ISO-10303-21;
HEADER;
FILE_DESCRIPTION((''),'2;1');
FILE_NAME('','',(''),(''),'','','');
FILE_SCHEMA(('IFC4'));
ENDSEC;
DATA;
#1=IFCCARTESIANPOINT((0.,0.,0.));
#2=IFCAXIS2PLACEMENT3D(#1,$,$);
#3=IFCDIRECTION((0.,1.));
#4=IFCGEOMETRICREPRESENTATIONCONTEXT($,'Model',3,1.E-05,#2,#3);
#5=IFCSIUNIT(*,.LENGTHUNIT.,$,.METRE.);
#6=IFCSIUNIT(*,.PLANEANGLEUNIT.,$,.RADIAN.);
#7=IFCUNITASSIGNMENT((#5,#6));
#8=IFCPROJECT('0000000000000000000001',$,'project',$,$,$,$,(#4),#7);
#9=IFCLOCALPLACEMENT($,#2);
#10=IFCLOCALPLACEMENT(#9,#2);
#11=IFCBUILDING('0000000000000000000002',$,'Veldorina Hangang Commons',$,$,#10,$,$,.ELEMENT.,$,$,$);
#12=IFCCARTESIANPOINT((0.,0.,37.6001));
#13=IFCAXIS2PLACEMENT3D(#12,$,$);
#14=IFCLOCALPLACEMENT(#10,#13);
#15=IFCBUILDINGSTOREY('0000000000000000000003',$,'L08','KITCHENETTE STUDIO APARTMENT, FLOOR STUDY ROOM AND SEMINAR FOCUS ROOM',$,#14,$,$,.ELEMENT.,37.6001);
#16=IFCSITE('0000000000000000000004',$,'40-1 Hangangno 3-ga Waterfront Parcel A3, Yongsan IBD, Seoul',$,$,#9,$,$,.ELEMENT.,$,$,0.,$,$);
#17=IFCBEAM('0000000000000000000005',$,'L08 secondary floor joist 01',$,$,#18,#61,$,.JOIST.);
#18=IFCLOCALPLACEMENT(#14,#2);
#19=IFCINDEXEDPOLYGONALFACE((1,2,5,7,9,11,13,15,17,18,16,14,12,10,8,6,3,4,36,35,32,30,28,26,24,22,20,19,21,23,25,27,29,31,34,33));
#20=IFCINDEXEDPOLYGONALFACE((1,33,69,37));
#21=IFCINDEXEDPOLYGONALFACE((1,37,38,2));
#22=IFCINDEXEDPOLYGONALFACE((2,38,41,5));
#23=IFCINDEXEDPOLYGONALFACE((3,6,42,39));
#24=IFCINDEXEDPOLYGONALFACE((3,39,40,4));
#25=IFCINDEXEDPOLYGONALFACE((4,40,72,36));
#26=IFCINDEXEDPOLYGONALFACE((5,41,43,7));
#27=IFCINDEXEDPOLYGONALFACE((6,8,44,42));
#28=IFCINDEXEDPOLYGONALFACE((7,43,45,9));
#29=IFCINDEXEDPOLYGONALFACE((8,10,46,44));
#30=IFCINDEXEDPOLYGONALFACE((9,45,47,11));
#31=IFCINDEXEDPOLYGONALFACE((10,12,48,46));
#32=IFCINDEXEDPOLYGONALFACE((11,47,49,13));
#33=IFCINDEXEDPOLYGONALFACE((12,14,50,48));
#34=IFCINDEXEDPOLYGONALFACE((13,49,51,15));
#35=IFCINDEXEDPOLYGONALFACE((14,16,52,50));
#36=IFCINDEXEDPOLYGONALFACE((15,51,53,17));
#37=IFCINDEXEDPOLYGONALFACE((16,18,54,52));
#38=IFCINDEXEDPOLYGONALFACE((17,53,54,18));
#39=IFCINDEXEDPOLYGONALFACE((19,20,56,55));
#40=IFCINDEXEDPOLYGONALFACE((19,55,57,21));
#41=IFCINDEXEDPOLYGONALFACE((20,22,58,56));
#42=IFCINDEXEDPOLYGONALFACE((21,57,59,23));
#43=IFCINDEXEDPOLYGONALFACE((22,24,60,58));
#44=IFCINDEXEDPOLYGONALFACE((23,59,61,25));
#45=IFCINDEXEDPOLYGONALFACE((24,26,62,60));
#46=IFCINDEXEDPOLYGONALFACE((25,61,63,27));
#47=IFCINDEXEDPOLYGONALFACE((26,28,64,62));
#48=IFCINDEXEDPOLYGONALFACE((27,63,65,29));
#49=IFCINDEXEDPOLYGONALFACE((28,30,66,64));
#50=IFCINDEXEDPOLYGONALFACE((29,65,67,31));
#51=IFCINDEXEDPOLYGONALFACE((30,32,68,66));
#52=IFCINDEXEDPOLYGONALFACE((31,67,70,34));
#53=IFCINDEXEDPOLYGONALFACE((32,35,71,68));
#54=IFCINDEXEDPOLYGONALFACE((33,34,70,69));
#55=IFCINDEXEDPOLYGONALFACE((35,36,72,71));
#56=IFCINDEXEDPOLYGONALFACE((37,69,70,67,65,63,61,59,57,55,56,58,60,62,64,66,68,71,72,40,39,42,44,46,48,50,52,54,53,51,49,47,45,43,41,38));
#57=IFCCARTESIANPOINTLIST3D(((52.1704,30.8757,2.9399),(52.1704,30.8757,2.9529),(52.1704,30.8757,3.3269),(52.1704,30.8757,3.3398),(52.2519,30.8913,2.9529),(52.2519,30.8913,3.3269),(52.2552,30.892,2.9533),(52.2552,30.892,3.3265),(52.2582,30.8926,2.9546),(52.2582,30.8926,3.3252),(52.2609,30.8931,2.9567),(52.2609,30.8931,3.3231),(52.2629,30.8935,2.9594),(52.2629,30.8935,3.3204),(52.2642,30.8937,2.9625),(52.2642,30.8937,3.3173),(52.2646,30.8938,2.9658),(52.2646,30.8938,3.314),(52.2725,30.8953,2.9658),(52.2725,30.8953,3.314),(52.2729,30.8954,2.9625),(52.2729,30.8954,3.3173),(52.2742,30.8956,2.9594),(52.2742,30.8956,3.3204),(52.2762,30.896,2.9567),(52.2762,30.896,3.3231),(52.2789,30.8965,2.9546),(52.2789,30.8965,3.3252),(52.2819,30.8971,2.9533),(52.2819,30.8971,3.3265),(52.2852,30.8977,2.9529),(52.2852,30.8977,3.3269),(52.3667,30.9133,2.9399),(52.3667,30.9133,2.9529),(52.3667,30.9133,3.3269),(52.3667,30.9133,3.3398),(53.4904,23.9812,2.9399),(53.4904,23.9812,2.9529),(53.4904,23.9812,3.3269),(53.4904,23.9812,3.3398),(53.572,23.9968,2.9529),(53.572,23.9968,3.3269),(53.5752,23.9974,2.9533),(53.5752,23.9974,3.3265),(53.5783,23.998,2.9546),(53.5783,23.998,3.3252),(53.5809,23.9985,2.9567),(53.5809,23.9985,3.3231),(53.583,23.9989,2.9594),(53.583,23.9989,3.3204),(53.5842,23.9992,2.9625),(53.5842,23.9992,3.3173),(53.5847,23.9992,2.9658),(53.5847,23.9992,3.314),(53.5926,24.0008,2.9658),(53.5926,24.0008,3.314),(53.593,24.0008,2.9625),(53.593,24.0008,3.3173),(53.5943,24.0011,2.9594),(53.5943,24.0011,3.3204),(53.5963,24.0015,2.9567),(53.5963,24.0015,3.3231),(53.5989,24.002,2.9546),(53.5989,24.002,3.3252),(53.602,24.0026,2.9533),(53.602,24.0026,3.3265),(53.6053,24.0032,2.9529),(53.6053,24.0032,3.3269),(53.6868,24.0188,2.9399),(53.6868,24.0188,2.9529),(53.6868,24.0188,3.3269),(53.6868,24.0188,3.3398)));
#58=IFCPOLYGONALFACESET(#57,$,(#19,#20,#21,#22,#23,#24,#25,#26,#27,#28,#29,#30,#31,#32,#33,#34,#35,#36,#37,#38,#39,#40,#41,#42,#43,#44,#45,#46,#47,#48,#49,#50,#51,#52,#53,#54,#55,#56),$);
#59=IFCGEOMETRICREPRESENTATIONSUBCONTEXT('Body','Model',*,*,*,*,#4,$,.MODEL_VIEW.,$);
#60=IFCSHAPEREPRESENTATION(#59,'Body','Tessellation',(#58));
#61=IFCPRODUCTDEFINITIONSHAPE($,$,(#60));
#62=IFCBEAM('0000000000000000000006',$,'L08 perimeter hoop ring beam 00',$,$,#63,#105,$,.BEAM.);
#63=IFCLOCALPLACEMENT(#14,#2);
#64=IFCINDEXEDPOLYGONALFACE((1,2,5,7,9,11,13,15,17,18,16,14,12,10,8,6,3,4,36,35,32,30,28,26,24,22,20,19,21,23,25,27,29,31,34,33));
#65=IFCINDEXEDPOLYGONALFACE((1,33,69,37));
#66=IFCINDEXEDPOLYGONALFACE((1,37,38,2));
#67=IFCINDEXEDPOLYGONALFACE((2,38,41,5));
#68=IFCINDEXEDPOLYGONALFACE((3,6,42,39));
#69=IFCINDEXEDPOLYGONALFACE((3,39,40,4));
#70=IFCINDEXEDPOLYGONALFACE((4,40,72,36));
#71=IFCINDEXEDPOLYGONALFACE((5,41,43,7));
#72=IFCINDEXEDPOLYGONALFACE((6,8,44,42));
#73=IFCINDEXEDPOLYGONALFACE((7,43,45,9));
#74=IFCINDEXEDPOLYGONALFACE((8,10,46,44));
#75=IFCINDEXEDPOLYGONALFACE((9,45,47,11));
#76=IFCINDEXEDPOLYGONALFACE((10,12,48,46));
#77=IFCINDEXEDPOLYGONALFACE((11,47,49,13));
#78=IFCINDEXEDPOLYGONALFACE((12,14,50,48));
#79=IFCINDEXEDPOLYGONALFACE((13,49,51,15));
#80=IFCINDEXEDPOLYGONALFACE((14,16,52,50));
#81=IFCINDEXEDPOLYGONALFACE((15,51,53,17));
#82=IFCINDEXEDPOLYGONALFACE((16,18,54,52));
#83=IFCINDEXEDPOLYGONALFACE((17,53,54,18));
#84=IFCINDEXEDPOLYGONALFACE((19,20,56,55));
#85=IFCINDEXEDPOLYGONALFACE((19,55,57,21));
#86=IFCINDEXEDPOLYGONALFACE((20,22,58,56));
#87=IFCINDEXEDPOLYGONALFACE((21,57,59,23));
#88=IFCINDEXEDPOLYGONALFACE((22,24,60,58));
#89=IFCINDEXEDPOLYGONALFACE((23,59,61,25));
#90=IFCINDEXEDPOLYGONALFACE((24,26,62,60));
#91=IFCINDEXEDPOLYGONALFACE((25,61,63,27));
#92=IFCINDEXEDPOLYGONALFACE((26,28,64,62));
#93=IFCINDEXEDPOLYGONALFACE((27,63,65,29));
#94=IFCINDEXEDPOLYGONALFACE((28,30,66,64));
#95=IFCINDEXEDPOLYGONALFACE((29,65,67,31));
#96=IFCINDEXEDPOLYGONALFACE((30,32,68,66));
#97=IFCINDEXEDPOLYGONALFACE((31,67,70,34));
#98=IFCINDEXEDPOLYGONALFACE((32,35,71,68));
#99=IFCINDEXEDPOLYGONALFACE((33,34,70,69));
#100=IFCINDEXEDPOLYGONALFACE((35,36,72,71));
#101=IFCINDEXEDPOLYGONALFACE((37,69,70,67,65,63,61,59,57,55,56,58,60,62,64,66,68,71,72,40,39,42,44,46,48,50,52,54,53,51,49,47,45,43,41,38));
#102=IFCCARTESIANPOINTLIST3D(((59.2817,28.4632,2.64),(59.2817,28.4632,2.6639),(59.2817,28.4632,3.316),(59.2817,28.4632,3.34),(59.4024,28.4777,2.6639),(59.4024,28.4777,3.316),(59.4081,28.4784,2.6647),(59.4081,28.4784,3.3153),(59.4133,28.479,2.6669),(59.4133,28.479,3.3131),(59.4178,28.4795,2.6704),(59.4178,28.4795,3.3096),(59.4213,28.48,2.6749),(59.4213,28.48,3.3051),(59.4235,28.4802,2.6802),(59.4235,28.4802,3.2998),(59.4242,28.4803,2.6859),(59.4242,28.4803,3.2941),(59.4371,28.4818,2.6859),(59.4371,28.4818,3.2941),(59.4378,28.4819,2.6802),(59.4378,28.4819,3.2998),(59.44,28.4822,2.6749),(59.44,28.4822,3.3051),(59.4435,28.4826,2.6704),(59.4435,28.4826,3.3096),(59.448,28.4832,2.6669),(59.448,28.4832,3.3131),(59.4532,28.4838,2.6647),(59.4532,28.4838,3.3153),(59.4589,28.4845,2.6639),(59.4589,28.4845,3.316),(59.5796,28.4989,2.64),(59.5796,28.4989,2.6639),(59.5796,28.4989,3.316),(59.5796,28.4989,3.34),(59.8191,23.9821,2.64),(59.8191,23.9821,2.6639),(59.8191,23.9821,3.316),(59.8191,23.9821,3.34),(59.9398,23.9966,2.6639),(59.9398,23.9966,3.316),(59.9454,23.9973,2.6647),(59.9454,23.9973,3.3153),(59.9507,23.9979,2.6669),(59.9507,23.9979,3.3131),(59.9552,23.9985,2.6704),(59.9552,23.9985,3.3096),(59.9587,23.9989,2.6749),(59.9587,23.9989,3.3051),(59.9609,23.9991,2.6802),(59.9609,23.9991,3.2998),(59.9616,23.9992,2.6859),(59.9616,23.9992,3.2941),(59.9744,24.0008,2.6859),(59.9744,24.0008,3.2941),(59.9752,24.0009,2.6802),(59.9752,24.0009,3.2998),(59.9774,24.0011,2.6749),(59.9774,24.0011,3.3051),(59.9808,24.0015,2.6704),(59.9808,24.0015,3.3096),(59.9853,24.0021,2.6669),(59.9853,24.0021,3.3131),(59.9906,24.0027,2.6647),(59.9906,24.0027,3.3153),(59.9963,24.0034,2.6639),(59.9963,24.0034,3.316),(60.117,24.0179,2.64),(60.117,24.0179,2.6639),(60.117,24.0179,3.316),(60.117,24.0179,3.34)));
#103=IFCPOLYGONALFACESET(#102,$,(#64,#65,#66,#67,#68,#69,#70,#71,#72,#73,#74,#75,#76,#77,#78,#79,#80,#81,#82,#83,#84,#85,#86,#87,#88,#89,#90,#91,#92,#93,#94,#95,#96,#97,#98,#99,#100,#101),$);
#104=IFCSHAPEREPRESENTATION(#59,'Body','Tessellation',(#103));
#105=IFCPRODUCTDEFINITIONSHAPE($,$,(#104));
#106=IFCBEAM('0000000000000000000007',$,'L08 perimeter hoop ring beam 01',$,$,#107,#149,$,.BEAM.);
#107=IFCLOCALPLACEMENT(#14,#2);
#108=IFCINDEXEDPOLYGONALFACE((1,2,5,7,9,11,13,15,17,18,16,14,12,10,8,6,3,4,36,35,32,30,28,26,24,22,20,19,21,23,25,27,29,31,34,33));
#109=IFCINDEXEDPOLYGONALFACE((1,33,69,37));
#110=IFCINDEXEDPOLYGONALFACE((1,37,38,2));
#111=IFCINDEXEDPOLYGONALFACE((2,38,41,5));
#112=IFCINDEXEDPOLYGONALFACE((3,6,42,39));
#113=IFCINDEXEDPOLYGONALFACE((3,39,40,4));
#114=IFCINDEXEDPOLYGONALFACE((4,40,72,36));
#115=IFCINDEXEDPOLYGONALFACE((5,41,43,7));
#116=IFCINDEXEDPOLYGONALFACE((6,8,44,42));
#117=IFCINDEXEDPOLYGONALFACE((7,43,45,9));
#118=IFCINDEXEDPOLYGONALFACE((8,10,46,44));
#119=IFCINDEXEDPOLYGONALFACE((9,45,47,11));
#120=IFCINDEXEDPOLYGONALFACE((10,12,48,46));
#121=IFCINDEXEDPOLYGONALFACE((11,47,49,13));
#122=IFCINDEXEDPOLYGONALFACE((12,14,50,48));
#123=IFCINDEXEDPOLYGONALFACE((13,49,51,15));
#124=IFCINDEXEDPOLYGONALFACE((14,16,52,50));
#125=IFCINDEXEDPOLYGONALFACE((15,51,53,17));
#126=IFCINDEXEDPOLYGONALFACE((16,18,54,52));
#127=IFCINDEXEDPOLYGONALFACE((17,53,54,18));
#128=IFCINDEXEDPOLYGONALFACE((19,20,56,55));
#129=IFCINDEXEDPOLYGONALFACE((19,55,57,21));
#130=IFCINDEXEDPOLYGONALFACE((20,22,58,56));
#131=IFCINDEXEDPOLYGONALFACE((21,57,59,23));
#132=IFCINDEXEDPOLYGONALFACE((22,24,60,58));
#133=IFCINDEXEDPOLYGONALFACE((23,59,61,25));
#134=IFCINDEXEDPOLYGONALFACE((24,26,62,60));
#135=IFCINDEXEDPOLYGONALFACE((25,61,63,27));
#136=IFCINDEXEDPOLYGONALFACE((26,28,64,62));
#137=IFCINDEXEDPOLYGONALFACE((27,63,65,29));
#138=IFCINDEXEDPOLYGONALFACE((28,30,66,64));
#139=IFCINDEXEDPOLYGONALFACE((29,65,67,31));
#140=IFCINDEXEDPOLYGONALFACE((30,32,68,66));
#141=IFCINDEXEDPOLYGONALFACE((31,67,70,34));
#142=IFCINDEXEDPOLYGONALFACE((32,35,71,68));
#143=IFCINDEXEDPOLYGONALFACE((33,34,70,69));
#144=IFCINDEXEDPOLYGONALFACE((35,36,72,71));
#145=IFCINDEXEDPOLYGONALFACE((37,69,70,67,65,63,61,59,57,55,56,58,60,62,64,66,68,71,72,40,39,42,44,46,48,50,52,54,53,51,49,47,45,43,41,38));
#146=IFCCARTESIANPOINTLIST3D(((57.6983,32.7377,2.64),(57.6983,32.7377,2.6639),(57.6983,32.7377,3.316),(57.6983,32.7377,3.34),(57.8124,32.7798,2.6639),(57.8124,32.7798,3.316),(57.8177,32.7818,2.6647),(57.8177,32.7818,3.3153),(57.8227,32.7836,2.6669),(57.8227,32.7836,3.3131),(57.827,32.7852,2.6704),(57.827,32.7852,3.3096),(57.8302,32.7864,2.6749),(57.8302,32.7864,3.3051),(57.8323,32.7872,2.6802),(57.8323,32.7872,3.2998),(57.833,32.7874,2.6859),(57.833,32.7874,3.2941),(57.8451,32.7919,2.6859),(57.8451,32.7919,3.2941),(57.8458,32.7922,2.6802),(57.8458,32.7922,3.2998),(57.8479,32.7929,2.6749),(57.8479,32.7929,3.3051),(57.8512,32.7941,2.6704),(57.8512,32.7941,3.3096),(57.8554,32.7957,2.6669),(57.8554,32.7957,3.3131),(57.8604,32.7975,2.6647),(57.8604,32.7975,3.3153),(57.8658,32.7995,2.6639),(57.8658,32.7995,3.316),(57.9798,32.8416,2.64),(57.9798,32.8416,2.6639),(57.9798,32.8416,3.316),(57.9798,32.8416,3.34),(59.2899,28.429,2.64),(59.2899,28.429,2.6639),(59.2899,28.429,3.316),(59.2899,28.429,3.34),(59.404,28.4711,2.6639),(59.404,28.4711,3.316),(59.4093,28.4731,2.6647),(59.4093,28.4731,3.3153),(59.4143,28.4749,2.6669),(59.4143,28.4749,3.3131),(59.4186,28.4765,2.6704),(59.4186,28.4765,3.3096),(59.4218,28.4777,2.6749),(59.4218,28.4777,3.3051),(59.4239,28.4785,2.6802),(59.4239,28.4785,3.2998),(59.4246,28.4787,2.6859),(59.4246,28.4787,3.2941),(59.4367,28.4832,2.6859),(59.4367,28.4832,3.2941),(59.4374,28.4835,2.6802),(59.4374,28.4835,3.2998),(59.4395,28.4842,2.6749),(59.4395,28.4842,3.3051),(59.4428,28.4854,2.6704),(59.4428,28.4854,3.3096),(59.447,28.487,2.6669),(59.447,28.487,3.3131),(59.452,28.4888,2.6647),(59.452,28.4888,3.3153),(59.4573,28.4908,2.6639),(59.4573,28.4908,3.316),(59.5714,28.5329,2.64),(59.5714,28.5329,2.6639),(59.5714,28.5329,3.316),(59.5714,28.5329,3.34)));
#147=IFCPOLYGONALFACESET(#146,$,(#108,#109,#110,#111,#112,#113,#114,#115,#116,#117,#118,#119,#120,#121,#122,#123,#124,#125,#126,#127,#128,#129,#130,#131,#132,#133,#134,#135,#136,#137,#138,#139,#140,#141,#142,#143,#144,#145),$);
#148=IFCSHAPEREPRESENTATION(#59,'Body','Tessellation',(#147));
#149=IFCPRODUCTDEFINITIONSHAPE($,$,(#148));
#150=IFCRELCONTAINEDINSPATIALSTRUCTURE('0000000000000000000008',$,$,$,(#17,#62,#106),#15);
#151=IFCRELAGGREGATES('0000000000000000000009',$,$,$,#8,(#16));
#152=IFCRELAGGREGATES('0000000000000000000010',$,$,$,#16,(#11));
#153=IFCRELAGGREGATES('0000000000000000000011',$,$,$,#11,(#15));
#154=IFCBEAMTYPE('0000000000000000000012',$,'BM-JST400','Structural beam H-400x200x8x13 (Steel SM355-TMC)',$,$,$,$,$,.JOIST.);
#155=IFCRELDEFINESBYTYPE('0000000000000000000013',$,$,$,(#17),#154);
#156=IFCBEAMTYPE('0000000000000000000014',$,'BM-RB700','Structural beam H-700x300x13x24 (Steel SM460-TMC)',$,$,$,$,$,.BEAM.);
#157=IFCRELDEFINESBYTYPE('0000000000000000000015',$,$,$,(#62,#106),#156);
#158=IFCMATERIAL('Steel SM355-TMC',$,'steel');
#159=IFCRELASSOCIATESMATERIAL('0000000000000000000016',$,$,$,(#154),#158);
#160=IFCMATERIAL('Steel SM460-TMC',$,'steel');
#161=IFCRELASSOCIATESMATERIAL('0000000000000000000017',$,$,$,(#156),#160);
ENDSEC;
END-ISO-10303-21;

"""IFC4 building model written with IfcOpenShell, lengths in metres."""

from ifc_helpers import new_model, si_unit, direction, frame, origin, origin_2d, place, context, subcontext, project, spatial, i_section, extrude, material, material_profile, profile_set, type_object, element, save


model = new_model("IFC4")

# Units and contexts
model_context = context("Model", 3, precision=1e-05, world=origin(), true_north=direction((0.0, 1.0)))
body_context = subcontext(model_context, "Body", "Model", "MODEL_VIEW")
ifc_project = project(units=[si_unit("LENGTHUNIT", "METRE"), si_unit("PLANEANGLEUNIT", "RADIAN")], contexts=[model_context])

# Site, building, storey
site_placement = place(None, origin())
site = spatial("IfcSite", under=ifc_project, at=site_placement, Name="40-1 Hangangno 3-ga Waterfront Parcel A3, Yongsan IBD, Seoul", CompositionType="ELEMENT", RefElevation=0.0)
building_placement = place(site_placement, origin())
building = spatial("IfcBuilding", under=site, at=building_placement, Name="Veldorina Hangang Commons", CompositionType="ELEMENT")
storey_placement = place(building_placement, frame((0.0, 0.0, 37.6001)))
storey = spatial("IfcBuildingStorey", under=building, at=storey_placement, Name="L08", Description="KITCHENETTE STUDIO APARTMENT, FLOOR STUDY ROOM AND SEMINAR FOCUS ROOM", CompositionType="ELEMENT", Elevation=37.6001)

# Beams
ifc_material_1 = material(Name="Steel SM355-TMC", Category="steel")
ifc_material_profile_1 = material_profile(ifc_material_1, i_section(OverallWidth=0.2, OverallDepth=0.3999, WebThickness=0.0081, FlangeThickness=0.0129, FilletRadius=0.0129, at=origin_2d()), Name="H-400x200x8x13")
ifc_profile_set_1 = profile_set([ifc_material_profile_1], Name="Steel SM355-TMC")
beam_type_1 = type_object("IfcBeamType", Name="BM-JST400", Description="Structural beam H-400x200x8x13 (Steel SM355-TMC)", PredefinedType="JOIST", material=ifc_profile_set_1)
beam_1_placement = place(storey_placement, frame((53.5886, 24.0, 3.1399), z_axis=(-0.18805, 0.982159, 0.0), x_axis=(-0.982159, -0.18805, 0.0)))
element("IfcBeam", 1, at=beam_1_placement, inside=storey, type_object=beam_type_1, Name="L08 secondary floor joist 01", PredefinedType="JOIST", context=body_context, shape_type="SweptSolid", body=[
    extrude(i_section(OverallWidth=0.2, OverallDepth=0.3999, WebThickness=0.0081, FlangeThickness=0.0129, FilletRadius=0.0129, at=origin_2d()), origin(), (0.0, 0.0, 1.0), 7.0198),
])
ifc_material_2 = material(Name="Steel SM460-TMC", Category="steel")
ifc_material_profile_2 = material_profile(ifc_material_2, i_section(OverallWidth=0.3, OverallDepth=0.7, WebThickness=0.0129, FlangeThickness=0.0239, FilletRadius=0.022, at=origin_2d()), Name="H-700x300x13x24")
ifc_profile_set_2 = profile_set([ifc_material_profile_2], Name="Steel SM460-TMC")
beam_type_2 = type_object("IfcBeamType", Name="BM-RB700", Description="Structural beam H-700x300x13x24 (Steel SM460-TMC)", PredefinedType="BEAM", material=ifc_profile_set_2)
beam_2_placement = place(storey_placement, frame((59.968, 24.0, 2.99), z_axis=(-0.119066, 0.992886, 0.0), x_axis=(-0.992886, -0.119066, 0.0)))
element("IfcBeam", 2, at=beam_2_placement, inside=storey, type_object=beam_type_2, Name="L08 perimeter hoop ring beam 00", PredefinedType="BEAM", context=body_context, shape_type="SweptSolid", body=[
    extrude(i_section(OverallWidth=0.3, OverallDepth=0.7, WebThickness=0.0129, FlangeThickness=0.0239, FilletRadius=0.022, at=origin_2d()), origin(), (0.0, 0.0, 1.0), 4.5132),
])
beam_3_placement = place(storey_placement, frame((59.4307, 28.481, 2.99), z_axis=(-0.346506, 0.938048, 0.0), x_axis=(-0.938048, -0.346506, 0.0)))
element("IfcBeam", 3, at=beam_3_placement, inside=storey, type_object=beam_type_2, Name="L08 perimeter hoop ring beam 01", PredefinedType="BEAM", context=body_context, shape_type="SweptSolid", body=[
    extrude(i_section(OverallWidth=0.3, OverallDepth=0.7, WebThickness=0.0129, FlangeThickness=0.0239, FilletRadius=0.022, at=origin_2d()), origin(), (0.0, 0.0, 1.0), 4.5933),
])

save(model, "model.ifc")
